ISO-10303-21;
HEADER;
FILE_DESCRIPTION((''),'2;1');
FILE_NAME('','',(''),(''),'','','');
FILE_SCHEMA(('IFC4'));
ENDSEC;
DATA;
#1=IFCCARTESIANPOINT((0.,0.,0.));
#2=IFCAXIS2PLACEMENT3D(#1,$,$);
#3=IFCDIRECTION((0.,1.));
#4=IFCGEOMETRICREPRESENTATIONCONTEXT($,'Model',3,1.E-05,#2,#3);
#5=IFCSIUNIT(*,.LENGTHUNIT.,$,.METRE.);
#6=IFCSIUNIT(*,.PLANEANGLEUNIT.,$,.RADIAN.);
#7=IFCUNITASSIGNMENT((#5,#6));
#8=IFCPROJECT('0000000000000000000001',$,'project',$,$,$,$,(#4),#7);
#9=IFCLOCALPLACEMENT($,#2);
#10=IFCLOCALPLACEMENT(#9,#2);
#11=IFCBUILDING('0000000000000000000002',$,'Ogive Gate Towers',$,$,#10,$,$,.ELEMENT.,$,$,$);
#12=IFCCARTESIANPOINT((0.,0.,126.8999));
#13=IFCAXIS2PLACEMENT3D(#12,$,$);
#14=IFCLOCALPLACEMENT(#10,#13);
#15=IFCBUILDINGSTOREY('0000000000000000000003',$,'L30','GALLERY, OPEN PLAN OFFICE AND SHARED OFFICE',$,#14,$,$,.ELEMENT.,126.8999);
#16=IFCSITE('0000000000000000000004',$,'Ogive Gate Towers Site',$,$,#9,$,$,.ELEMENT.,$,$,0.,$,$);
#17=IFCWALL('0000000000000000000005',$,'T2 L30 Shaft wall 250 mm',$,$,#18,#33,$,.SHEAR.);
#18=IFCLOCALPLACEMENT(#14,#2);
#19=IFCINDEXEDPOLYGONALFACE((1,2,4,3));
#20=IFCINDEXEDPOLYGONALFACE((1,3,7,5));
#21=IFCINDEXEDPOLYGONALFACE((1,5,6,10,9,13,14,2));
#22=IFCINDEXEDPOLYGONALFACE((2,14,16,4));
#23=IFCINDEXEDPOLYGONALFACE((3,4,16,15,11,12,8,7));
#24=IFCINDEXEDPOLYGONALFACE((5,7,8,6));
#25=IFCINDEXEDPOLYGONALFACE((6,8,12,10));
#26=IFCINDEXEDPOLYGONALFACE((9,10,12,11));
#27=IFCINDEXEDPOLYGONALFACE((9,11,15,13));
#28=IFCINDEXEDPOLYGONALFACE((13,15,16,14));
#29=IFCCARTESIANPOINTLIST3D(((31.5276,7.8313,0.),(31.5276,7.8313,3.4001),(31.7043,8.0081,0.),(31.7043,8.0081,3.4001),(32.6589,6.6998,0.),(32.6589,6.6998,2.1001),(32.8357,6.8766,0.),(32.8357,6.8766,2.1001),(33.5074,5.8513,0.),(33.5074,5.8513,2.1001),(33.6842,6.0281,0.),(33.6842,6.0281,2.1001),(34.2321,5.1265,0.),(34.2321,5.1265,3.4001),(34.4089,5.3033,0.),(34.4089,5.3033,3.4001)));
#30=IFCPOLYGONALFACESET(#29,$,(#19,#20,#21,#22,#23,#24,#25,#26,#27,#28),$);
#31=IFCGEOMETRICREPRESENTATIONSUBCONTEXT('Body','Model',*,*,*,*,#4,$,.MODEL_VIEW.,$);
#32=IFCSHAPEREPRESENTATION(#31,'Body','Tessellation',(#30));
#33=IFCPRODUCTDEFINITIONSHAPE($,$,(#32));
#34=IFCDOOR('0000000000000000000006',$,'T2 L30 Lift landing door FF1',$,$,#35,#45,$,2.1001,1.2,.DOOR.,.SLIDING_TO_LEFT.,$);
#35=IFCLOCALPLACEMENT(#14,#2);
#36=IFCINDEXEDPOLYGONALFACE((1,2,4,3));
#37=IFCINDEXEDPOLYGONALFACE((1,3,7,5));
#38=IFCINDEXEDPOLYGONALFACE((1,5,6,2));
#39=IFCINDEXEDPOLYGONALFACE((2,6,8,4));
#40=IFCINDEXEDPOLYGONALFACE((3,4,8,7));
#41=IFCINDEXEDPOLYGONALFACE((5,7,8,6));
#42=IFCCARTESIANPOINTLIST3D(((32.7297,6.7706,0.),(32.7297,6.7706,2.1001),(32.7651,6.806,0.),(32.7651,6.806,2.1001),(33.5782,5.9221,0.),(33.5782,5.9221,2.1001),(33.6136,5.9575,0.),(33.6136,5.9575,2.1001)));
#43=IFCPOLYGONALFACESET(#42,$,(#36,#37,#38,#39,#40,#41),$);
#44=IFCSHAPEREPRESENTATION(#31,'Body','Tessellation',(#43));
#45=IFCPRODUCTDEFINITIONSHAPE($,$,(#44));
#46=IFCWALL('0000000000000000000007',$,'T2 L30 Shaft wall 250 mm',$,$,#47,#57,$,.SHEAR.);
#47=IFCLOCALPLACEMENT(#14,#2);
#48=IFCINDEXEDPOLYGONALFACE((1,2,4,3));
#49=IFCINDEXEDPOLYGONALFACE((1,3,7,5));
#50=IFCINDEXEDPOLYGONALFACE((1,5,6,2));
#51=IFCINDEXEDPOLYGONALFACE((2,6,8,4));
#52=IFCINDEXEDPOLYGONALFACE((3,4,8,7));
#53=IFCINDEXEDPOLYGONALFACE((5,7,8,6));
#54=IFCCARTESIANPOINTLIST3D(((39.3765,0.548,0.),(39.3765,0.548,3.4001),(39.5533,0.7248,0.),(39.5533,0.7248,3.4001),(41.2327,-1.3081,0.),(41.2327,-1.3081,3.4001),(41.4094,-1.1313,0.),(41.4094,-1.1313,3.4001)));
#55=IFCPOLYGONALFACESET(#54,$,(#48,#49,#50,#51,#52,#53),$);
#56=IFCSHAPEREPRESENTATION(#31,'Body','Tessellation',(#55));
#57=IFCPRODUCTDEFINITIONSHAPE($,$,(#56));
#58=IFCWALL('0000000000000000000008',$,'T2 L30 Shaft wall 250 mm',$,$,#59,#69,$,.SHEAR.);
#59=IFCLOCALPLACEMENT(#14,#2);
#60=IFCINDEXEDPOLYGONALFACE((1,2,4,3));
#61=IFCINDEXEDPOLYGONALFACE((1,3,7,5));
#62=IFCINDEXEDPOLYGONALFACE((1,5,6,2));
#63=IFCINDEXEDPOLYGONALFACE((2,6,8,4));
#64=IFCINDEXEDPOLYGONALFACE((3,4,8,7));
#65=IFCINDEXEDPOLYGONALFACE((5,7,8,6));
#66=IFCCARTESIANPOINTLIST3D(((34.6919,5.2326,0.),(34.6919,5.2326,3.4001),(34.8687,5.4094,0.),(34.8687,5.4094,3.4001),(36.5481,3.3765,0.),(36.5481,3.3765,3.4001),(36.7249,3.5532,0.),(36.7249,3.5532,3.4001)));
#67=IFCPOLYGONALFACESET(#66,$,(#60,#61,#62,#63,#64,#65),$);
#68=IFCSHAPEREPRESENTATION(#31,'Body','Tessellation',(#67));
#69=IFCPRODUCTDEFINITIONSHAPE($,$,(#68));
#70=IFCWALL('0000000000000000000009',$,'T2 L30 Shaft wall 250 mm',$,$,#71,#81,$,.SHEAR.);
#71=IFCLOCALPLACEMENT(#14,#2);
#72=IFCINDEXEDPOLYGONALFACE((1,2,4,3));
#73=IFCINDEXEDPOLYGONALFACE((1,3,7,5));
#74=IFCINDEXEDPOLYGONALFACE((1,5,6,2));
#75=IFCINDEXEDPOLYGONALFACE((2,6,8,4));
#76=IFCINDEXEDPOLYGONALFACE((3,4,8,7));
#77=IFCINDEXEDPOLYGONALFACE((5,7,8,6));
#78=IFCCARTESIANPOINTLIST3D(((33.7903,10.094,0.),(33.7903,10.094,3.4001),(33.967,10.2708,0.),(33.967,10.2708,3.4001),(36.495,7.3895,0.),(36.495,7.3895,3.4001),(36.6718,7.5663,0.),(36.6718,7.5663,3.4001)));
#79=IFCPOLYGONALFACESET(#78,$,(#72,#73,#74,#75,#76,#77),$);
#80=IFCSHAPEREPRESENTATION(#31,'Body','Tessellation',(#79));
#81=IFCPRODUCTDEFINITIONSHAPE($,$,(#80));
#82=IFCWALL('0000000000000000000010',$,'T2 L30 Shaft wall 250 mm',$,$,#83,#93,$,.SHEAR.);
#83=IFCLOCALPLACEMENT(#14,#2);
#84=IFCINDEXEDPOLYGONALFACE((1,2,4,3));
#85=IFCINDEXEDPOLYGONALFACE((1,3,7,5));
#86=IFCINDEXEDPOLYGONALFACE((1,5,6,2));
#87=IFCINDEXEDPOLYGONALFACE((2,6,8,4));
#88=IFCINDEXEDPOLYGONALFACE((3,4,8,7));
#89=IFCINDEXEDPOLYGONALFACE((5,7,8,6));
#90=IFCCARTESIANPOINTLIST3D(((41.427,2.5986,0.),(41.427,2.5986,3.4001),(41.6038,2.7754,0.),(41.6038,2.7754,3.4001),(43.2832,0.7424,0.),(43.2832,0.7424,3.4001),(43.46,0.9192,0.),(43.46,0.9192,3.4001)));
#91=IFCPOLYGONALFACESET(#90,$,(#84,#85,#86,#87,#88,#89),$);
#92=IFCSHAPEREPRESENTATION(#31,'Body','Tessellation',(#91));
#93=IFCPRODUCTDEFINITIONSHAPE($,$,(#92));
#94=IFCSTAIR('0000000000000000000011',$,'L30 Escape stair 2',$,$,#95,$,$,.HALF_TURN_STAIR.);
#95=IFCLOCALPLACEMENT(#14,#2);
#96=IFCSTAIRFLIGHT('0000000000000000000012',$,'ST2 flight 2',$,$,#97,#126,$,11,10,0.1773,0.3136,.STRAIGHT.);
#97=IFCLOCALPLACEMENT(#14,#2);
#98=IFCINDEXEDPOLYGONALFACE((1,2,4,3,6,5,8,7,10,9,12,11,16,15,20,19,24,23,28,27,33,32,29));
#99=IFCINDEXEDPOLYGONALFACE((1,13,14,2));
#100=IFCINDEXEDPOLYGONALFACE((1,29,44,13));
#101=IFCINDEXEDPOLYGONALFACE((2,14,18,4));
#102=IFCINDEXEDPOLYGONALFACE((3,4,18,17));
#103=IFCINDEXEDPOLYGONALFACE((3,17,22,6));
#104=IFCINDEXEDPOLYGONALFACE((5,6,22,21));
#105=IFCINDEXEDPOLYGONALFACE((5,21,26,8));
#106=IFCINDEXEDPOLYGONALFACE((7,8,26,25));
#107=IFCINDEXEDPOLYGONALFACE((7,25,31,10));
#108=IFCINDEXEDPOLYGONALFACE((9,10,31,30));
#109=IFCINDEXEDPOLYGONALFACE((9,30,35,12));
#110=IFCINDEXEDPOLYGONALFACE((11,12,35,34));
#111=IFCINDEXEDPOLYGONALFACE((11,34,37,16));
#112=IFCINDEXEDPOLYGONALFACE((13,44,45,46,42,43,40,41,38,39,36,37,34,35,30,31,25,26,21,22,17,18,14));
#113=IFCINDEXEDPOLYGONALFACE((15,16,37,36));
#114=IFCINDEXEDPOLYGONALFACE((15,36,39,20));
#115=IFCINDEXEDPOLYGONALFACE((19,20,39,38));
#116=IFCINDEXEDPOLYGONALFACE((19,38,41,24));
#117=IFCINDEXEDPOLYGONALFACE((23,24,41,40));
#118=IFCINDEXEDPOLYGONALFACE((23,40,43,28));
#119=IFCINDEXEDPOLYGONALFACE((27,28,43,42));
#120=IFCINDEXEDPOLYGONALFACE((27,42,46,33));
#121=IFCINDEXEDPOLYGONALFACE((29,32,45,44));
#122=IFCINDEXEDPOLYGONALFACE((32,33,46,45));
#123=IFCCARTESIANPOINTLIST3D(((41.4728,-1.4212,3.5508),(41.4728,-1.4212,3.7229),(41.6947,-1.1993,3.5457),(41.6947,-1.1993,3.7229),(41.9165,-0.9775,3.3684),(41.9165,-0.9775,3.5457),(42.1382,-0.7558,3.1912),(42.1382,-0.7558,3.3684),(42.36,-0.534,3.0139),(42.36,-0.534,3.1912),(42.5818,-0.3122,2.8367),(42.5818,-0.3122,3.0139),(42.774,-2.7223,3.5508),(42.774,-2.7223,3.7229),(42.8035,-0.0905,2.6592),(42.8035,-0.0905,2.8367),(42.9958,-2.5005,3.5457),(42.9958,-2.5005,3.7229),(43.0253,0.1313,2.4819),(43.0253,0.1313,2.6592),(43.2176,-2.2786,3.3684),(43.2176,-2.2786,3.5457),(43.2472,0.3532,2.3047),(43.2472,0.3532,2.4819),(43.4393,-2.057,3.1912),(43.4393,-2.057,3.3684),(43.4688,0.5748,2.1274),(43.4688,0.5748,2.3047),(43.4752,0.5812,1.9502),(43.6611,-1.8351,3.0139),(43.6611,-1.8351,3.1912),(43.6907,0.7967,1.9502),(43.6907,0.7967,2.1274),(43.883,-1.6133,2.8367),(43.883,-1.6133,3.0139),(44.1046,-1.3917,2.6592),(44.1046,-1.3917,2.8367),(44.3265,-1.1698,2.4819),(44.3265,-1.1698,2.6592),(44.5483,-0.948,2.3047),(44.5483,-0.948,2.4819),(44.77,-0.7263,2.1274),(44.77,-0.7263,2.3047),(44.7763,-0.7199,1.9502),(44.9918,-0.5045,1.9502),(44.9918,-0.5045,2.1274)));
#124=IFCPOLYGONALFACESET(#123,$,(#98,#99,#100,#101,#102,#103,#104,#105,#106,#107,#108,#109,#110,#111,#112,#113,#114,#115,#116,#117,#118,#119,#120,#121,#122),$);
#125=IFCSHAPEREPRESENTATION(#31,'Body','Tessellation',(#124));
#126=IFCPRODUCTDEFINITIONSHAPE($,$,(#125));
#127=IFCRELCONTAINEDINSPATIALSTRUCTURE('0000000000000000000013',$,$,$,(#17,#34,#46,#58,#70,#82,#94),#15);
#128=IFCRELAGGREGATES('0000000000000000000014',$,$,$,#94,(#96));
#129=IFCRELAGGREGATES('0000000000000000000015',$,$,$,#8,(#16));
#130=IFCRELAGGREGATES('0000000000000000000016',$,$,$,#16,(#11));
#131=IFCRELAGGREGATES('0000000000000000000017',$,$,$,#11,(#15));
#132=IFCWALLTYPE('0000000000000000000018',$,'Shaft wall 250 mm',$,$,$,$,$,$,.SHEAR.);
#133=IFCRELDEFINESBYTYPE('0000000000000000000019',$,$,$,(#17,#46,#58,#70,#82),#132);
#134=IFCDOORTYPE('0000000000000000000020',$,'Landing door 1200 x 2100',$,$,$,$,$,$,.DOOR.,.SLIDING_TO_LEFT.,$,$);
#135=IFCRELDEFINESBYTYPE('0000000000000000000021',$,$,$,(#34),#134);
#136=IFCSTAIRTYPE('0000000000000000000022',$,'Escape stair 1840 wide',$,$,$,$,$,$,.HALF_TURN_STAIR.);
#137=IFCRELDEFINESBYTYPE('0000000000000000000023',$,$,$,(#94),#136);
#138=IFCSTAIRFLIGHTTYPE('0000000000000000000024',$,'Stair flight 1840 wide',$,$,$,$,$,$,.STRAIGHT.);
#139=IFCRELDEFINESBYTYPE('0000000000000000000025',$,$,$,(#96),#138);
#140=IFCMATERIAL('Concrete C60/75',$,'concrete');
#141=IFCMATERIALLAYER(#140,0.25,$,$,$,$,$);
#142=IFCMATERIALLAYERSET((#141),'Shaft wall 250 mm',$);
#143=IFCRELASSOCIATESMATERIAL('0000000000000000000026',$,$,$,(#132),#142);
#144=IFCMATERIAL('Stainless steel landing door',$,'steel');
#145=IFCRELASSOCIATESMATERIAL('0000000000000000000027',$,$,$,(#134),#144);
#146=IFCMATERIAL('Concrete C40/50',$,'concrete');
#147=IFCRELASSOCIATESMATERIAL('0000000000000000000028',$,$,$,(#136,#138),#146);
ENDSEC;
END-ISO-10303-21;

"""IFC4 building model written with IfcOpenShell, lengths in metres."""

from ifc_helpers import new_model, si_unit, direction, frame, frame_2d, origin, place, context, subcontext, project, spatial, polyline, rectangle, outline, extrude, material, layer, layer_set, type_object, element, fill, aggregate, save


model = new_model("IFC4")

# Units and contexts
model_context = context("Model", 3, precision=1e-05, world=origin(), true_north=direction((0.0, 1.0)))
body_context = subcontext(model_context, "Body", "Model", "MODEL_VIEW")
ifc_project = project(units=[si_unit("LENGTHUNIT", "METRE"), si_unit("PLANEANGLEUNIT", "RADIAN")], contexts=[model_context])

# Site, building, storey
site_placement = place(None, origin())
site = spatial("IfcSite", under=ifc_project, at=site_placement, Name="Ogive Gate Towers Site", CompositionType="ELEMENT", RefElevation=0.0)
building_placement = place(site_placement, origin())
building = spatial("IfcBuilding", under=site, at=building_placement, Name="Ogive Gate Towers", CompositionType="ELEMENT")
storey_placement = place(building_placement, frame((0.0, 0.0, 126.8999)))
storey = spatial("IfcBuildingStorey", under=building, at=storey_placement, Name="L30", Description="GALLERY, OPEN PLAN OFFICE AND SHARED OFFICE", CompositionType="ELEMENT", Elevation=126.8999)

# Shared definitions
ifc_material_1 = material(Name="Concrete C40/50", Category="concrete")

# Shared definitions
ifc_material_2 = material(Name="Concrete C60/75", Category="concrete")

# Wall, opening, door
ifc_layer_1 = layer(ifc_material_2, 0.25)
ifc_layer_set_1 = layer_set([ifc_layer_1], Name="Shaft wall 250 mm")
wall_type_1 = type_object("IfcWallType", Name="Shaft wall 250 mm", PredefinedType="SHEAR", material=ifc_layer_set_1)
wall_1_placement = place(storey_placement, frame((34.3206, 5.2148, 0.0), z_axis=(0.0, 0.0, 1.0), x_axis=(-0.707075, 0.707139, 0.0)))
wall_1 = element("IfcWall", 1, at=wall_1_placement, inside=storey, type_object=wall_type_1, Name="T2 L30 Shaft wall 250 mm", PredefinedType="SHEAR", context=body_context, shape_type="SweptSolid", body=[
    extrude(rectangle(XDim=3.825, YDim=0.25, at=frame_2d((1.9126, 0.0))), origin(), (0.0, 0.0, 1.0), 3.4001),
])
opening_1_placement = place(wall_1_placement, frame((1.0249, 0.0, 0.0)))
opening_1 = element("IfcOpeningElement", 2, at=opening_1_placement, cuts=wall_1, PredefinedType="OPENING", context=body_context, shape_type="SweptSolid", body=[
    extrude(rectangle(XDim=1.2, YDim=2.1001, at=frame_2d((0.6001, 1.05))), frame((0.0, 0.135, 0.0), z_axis=(0.0, -1.0, 0.0), x_axis=(1.0, 0.0, 0.0)), (0.0, 0.0, 1.0), 0.27),
])
ifc_material_3 = material(Name="Stainless steel landing door", Category="steel")
door_type_1 = type_object("IfcDoorType", Name="Landing door 1200 x 2100", OperationType="SLIDING_TO_LEFT", PredefinedType="DOOR", material=ifc_material_3)
door_1_placement = place(opening_1_placement, origin())
door_1 = element("IfcDoor", 3, at=door_1_placement, inside=storey, type_object=door_type_1, Name="T2 L30 Lift landing door FF1", OperationType="SLIDING_TO_LEFT", OverallHeight=2.1001, OverallWidth=1.2, PredefinedType="DOOR", context=body_context, shape_type="SweptSolid", body=[
    extrude(rectangle(XDim=1.2, YDim=2.1001, at=frame_2d((0.6001, 1.05))), frame((0.0, 0.0249, 0.0), z_axis=(0.0, -1.0, 0.0), x_axis=(1.0, 0.0, 0.0)), (0.0, 0.0, 1.0), 0.05),
])
fill(opening_1, door_1)

# Walls
for number, where, z_axis, x_axis, name in (
    (4, (41.321, -1.2197, 0.0), (0.0, 0.0, 1.0), (-0.707107, 0.707107, 0.0), "T2 L30 Shaft wall 250 mm"),
    (5, (36.6365, 3.4648, 0.0), (0.0, 0.0, 1.0), (-0.707107, 0.707107, 0.0), "T2 L30 Shaft wall 250 mm"),
):
    element("IfcWall", number, at=place(storey_placement, frame(where, z_axis=z_axis, x_axis=x_axis)), inside=storey, type_object=wall_type_1, Name=name, PredefinedType="SHEAR", context=body_context, shape_type="SweptSolid", body=[
        extrude(rectangle(XDim=2.625, YDim=0.25, at=frame_2d((1.3125, 0.0))), origin(), (0.0, 0.0, 1.0), 3.4001),
    ])
wall_2_placement = place(storey_placement, frame((36.5835, 7.4778, 0.0), z_axis=(0.0, 0.0, 1.0), x_axis=(-0.707139, 0.707075, 0.0)))
element("IfcWall", 6, at=wall_2_placement, inside=storey, type_object=wall_type_1, Name="T2 L30 Shaft wall 250 mm", PredefinedType="SHEAR", context=body_context, shape_type="SweptSolid", body=[
    extrude(rectangle(XDim=3.825, YDim=0.25, at=frame_2d((1.9126, 0.0))), origin(), (0.0, 0.0, 1.0), 3.4001),
])
wall_3_placement = place(storey_placement, frame((43.3716, 0.8308, 0.0), z_axis=(0.0, 0.0, 1.0), x_axis=(-0.707107, 0.707107, 0.0)))
element("IfcWall", 7, at=wall_3_placement, inside=storey, type_object=wall_type_1, Name="T2 L30 Shaft wall 250 mm", PredefinedType="SHEAR", context=body_context, shape_type="SweptSolid", body=[
    extrude(rectangle(XDim=2.625, YDim=0.25, at=frame_2d((1.3125, 0.0))), origin(), (0.0, 0.0, 1.0), 3.4001),
])

# Stair, stair flight
stair_type = type_object("IfcStairType", Name="Escape stair 1840 wide", PredefinedType="HALF_TURN_STAIR", material=ifc_material_1)
stair_placement = place(storey_placement, origin())
stair = element("IfcStair", 8, at=stair_placement, inside=storey, type_object=stair_type, Name="L30 Escape stair 2", PredefinedType="HALF_TURN_STAIR")
stair_flight_type = type_object("IfcStairFlightType", Name="Stair flight 1840 wide", PredefinedType="STRAIGHT", material=ifc_material_1)
stair_flight_placement = place(storey_placement, frame((44.3413, 0.146, 1.9502), z_axis=(0.0, 0.0, 1.0), x_axis=(-0.707107, -0.707107, 0.0)))
stair_flight = element("IfcStairFlight", 9, at=stair_flight_placement, type_object=stair_flight_type, Name="ST2 flight 2", NumberOfRisers=11, NumberOfTreads=10, PredefinedType="STRAIGHT", RiserHeight=0.1773, TreadLength=0.3136, context=body_context, shape_type="SweptSolid", body=[
    extrude(outline(polyline([(0.0, 0.0), (0.0, 0.1772), (0.3137, 0.1772), (0.3137, 0.3545), (0.6272, 0.3545), (0.6272, 0.5317), (0.9409, 0.5317), (0.9409, 0.709), (1.2546, 0.709), (1.2546, 0.8865), (1.5681, 0.8865), (1.5681, 1.0637), (1.8818, 1.0637), (1.8818, 1.241), (2.1956, 1.241), (2.1956, 1.4182), (2.509, 1.4182), (2.509, 1.5955), (2.8228, 1.5955), (2.8228, 1.7727), (3.1365, 1.7727), (3.1365, 1.95), (3.1365, 1.6006), (0.3047, 0.0), (0.0, 0.0)])), frame((0.0, 0.9199, 0.0), z_axis=(0.0, -1.0, 0.0), x_axis=(1.0, 0.0, 0.0)), (0.0, 0.0, 1.0), 1.8401),
])
aggregate(stair, [stair_flight])

save(model, "model.ifc")
